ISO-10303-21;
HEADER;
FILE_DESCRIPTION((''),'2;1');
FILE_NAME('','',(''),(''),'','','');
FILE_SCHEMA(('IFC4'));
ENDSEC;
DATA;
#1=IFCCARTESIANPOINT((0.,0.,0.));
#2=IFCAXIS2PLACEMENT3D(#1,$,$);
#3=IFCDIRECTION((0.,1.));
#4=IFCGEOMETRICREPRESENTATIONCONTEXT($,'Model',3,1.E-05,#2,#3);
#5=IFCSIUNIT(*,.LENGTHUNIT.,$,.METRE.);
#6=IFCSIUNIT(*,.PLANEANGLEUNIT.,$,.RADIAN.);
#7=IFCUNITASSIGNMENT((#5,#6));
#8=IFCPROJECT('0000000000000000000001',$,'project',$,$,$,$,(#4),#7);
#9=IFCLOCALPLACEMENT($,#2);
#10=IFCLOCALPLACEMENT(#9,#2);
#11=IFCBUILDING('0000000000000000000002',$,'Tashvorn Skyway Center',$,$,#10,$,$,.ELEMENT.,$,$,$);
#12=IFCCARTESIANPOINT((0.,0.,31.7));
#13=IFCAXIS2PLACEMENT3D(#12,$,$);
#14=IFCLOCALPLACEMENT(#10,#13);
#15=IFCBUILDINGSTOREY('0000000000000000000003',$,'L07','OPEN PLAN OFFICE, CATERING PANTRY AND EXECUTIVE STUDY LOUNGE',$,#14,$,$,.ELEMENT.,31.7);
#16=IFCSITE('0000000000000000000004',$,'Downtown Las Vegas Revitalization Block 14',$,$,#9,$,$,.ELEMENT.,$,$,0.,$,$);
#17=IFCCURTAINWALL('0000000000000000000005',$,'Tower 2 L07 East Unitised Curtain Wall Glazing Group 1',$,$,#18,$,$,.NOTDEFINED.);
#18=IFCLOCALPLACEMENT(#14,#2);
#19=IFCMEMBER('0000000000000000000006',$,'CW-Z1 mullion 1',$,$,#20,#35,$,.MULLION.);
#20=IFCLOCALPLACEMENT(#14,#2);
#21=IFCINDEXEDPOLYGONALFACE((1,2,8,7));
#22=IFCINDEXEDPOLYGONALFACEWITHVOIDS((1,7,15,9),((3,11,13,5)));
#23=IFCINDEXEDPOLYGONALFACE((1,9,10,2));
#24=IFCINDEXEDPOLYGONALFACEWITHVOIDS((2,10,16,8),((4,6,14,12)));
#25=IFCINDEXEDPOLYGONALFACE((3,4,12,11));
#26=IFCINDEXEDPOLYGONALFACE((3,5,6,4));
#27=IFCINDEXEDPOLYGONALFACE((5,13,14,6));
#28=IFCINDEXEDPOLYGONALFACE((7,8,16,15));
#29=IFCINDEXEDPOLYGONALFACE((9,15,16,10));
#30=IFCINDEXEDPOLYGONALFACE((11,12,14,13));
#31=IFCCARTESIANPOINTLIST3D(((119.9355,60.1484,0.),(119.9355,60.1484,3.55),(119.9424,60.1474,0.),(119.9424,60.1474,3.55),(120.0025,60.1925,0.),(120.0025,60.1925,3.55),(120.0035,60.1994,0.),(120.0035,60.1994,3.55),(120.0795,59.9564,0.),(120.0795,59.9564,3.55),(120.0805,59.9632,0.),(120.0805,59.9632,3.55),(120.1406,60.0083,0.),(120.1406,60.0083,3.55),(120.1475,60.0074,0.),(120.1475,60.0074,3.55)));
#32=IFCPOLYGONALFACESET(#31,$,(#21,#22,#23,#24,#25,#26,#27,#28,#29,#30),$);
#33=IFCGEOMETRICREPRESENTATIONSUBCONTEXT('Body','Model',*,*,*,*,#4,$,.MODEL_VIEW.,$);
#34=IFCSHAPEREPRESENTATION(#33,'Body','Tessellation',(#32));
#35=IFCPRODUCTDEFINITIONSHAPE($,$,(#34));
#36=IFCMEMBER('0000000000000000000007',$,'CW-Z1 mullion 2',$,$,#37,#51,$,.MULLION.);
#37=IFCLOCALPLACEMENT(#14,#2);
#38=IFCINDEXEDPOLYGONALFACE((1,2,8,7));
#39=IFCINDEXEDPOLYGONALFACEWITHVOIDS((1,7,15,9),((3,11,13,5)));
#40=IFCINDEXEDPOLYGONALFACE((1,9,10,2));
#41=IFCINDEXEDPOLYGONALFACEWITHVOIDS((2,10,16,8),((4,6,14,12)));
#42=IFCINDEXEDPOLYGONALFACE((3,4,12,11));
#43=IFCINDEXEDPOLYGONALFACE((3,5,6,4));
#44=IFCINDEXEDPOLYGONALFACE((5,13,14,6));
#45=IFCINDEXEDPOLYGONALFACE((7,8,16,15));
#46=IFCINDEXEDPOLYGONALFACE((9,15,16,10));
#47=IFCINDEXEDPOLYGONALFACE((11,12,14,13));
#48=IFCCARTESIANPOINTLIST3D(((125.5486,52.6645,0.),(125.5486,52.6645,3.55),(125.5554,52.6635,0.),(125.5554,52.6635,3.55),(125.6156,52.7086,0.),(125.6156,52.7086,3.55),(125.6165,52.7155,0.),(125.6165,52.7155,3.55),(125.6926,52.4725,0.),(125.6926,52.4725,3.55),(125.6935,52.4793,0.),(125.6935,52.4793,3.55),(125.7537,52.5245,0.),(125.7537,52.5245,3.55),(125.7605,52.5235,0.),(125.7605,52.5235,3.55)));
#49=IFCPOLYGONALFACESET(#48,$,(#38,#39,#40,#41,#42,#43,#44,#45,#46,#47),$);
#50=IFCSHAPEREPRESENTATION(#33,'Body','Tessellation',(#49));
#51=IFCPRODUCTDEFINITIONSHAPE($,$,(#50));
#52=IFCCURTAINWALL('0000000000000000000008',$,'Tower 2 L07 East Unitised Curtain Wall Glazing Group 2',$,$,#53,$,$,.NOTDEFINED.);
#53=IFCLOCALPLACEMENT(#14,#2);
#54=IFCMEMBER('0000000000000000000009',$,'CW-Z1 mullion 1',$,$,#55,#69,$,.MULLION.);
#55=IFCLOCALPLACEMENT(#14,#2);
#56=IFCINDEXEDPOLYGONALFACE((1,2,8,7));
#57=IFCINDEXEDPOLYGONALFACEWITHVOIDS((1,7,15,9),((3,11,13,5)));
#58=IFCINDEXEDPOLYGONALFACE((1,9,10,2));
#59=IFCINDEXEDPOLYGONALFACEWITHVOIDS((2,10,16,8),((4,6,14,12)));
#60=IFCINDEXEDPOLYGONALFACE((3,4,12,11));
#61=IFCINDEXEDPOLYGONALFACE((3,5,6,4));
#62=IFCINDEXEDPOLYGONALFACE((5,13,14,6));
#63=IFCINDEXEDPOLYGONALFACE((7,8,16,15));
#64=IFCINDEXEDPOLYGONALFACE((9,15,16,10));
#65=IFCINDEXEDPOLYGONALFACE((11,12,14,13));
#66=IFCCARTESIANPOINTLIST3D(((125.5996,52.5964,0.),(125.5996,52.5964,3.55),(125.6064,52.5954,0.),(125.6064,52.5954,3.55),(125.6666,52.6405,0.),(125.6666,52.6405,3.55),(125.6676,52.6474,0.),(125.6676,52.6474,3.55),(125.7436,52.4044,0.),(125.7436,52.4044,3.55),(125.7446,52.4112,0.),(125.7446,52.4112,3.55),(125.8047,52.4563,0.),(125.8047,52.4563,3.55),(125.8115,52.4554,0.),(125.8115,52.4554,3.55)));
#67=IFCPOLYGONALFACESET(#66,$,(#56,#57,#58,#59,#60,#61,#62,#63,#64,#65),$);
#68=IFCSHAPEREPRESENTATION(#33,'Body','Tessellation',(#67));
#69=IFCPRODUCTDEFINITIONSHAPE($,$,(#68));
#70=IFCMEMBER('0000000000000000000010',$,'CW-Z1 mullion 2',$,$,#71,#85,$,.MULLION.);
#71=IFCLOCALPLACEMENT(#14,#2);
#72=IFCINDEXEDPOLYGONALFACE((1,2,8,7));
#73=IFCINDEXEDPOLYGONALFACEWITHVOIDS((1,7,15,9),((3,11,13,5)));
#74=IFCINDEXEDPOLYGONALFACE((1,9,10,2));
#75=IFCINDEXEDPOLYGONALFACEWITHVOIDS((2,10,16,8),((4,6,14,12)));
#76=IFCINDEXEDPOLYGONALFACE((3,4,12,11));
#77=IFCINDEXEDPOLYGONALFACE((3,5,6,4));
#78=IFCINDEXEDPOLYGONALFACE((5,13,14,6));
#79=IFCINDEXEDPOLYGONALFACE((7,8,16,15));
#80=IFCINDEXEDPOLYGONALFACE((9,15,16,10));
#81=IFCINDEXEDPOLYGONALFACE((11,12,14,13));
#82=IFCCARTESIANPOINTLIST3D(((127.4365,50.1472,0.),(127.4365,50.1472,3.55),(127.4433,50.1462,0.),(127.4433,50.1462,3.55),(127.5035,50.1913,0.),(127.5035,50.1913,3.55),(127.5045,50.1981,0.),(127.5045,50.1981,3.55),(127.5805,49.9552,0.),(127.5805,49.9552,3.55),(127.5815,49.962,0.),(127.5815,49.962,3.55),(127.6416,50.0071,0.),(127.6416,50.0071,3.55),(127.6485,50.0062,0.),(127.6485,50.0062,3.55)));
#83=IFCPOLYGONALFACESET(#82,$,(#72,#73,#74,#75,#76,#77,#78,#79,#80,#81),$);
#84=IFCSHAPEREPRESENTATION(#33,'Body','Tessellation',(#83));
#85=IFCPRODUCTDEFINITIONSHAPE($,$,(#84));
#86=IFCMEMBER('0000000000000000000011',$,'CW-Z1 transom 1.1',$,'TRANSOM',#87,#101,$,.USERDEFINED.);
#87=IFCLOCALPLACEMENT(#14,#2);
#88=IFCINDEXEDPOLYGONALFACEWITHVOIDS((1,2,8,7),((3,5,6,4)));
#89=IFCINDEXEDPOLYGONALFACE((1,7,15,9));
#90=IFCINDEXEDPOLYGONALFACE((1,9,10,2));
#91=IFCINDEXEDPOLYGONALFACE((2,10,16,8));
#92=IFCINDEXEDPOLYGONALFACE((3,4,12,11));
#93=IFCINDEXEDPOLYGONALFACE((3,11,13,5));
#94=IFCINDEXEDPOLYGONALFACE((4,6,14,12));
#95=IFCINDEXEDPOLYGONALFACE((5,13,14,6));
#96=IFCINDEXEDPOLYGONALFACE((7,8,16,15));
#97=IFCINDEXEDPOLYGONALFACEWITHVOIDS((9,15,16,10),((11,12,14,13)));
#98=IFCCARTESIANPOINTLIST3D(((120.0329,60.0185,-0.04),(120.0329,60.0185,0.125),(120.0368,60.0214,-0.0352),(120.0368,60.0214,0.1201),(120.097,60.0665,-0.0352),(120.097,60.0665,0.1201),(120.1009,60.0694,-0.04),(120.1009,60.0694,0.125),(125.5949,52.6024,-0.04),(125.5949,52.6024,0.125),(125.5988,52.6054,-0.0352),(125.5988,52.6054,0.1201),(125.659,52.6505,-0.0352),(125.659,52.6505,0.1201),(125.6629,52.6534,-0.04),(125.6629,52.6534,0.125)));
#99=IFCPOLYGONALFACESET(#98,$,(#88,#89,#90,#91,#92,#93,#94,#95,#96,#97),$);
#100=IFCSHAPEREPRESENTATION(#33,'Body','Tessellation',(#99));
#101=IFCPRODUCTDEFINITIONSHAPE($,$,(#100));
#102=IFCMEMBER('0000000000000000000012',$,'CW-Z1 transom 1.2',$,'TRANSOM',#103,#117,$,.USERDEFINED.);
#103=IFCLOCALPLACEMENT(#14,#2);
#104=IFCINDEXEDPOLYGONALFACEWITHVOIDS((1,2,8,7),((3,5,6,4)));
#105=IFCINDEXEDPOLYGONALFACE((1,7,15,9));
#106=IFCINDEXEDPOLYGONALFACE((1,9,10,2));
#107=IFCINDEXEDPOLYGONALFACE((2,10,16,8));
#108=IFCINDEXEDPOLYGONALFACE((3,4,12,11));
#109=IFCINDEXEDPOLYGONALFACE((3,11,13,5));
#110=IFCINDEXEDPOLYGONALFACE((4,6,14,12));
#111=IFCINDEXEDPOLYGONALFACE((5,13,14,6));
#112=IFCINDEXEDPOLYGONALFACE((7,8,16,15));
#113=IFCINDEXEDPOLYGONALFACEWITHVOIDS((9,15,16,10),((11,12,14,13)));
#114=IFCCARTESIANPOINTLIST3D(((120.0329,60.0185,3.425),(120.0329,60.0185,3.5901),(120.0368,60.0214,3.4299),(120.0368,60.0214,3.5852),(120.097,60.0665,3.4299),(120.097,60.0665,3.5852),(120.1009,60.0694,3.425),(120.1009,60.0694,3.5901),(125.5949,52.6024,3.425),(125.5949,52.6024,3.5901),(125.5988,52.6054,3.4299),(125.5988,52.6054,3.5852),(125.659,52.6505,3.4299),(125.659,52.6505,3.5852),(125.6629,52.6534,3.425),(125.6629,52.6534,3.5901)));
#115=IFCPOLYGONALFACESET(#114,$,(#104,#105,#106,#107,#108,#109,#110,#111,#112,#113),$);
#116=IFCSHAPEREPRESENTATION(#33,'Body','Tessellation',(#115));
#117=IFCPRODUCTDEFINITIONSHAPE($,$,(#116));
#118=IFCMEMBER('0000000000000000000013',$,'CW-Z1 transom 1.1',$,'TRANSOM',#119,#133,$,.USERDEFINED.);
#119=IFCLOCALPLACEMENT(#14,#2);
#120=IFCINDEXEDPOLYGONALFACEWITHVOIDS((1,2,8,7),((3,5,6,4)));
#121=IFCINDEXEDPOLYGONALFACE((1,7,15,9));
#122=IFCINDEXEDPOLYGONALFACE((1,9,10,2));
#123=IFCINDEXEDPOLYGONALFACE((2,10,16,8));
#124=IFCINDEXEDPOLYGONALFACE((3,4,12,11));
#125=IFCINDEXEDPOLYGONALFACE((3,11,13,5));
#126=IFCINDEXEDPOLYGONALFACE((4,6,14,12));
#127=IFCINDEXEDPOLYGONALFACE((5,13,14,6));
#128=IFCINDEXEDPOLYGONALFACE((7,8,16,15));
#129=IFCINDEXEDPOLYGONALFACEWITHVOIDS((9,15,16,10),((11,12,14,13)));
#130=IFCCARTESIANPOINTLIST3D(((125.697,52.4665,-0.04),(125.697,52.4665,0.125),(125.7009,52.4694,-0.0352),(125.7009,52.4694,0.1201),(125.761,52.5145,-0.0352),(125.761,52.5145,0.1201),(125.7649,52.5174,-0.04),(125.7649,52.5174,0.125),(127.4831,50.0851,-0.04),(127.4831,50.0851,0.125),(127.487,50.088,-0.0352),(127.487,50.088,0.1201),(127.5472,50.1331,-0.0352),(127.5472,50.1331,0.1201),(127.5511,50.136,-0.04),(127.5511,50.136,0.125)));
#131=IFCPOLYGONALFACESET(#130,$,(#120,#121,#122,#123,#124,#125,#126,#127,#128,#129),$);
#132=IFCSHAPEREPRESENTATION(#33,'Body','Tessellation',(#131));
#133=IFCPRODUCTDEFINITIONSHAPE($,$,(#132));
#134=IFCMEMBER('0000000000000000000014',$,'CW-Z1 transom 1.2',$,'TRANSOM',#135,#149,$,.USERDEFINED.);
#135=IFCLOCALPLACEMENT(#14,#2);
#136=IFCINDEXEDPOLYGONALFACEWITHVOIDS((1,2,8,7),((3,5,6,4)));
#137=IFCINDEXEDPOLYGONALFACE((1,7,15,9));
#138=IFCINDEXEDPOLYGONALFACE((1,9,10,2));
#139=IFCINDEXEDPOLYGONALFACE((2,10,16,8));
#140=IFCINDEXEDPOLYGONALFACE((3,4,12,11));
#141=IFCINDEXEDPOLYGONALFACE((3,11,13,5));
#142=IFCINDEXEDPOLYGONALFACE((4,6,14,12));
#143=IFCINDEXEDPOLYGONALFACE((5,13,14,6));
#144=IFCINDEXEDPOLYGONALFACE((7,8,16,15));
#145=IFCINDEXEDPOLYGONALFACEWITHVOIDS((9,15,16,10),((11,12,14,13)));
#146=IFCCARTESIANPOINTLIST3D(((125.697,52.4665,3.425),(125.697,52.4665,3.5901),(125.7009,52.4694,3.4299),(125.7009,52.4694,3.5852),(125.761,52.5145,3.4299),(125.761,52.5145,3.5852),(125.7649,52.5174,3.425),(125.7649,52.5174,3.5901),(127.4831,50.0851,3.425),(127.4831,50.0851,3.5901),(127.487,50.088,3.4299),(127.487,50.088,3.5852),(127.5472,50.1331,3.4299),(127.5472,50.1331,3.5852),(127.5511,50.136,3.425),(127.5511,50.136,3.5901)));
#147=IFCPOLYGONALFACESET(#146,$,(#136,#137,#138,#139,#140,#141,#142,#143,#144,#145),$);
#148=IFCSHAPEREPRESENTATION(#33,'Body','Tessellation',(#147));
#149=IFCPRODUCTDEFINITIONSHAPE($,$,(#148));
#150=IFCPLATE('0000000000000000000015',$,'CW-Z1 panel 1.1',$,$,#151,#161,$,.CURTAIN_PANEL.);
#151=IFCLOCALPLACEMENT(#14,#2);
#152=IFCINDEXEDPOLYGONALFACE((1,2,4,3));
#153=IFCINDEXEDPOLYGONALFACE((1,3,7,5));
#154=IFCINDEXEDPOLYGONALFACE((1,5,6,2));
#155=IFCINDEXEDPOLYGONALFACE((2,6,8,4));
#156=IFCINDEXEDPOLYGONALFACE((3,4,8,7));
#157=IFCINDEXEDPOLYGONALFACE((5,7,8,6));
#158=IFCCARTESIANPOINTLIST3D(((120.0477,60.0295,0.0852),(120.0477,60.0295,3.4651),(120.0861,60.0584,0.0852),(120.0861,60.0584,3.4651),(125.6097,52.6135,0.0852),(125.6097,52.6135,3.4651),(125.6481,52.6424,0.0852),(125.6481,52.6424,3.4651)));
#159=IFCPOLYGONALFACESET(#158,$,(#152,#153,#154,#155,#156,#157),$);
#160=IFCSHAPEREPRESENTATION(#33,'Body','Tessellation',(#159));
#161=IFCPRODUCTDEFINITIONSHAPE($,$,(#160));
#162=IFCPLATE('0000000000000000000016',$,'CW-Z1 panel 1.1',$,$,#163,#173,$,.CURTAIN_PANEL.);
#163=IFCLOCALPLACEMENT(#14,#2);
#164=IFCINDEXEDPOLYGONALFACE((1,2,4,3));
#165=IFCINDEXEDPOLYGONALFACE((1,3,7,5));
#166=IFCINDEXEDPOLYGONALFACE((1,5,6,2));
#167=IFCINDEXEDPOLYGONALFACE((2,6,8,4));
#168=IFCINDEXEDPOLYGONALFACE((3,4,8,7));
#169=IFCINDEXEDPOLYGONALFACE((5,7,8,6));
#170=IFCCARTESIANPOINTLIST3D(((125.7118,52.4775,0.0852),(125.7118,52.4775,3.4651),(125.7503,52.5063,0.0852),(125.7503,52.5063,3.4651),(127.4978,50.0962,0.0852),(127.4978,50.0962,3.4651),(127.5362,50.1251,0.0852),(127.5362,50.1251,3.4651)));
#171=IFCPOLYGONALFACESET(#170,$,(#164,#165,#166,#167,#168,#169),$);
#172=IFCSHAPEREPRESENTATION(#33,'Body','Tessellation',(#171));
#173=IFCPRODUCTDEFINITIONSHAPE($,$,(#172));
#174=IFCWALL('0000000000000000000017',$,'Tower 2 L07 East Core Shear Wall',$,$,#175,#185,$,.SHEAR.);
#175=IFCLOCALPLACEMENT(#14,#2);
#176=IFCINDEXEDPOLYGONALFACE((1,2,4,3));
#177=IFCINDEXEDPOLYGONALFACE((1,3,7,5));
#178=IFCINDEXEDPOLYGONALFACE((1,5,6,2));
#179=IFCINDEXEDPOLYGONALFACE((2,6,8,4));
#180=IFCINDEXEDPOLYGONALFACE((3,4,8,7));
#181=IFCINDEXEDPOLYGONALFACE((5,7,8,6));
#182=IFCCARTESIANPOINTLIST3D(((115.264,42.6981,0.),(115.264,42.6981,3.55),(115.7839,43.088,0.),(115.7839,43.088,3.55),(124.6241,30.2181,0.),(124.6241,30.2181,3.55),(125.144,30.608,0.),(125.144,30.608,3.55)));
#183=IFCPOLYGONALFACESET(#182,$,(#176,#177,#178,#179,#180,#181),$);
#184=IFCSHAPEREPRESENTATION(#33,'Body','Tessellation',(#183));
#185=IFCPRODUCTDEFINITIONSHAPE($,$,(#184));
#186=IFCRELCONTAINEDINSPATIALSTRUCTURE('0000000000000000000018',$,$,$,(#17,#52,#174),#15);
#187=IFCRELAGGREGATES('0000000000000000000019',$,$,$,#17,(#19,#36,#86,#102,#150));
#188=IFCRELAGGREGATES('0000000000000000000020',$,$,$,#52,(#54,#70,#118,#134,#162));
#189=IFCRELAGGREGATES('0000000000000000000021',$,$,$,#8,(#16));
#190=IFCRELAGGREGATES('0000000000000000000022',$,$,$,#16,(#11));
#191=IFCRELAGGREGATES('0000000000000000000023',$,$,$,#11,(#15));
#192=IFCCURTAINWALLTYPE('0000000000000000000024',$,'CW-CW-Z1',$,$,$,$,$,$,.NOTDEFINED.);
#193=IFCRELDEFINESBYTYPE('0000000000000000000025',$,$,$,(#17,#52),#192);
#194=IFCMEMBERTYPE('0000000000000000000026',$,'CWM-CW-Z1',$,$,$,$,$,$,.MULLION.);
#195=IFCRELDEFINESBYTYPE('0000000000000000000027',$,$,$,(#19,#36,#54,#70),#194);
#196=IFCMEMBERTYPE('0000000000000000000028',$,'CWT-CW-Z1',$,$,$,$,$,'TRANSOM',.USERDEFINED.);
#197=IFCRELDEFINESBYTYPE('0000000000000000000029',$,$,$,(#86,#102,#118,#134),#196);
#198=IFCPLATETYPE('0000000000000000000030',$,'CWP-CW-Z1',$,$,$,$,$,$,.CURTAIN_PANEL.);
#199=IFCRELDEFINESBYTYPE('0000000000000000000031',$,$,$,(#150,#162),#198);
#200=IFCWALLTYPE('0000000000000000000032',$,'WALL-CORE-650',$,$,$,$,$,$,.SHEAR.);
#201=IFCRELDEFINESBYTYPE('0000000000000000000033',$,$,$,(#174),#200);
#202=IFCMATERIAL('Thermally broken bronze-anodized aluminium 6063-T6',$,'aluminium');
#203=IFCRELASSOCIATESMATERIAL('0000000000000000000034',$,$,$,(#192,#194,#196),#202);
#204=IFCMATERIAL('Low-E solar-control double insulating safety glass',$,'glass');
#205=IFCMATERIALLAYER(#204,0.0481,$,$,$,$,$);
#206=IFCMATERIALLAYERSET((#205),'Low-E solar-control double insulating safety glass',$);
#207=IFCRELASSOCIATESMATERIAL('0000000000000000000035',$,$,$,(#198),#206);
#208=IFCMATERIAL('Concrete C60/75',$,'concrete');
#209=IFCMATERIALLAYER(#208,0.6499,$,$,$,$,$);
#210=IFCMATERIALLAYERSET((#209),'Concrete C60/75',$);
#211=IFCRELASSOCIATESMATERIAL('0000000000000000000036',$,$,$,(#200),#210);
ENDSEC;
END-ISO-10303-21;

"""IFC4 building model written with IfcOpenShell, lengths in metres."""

from ifc_helpers import new_model, si_unit, direction, frame, frame_2d, origin, origin_2d, place, context, subcontext, project, spatial, rectangle, hollow_rectangle, extrude, material, layer, layer_set, material_profile, profile_set, type_object, element, aggregate, save


model = new_model("IFC4")

# Units and contexts
model_context = context("Model", 3, precision=1e-05, world=origin(), true_north=direction((0.0, 1.0)))
body_context = subcontext(model_context, "Body", "Model", "MODEL_VIEW")
ifc_project = project(units=[si_unit("LENGTHUNIT", "METRE"), si_unit("PLANEANGLEUNIT", "RADIAN")], contexts=[model_context])

# Site, building, storey
site_placement = place(None, origin())
site = spatial("IfcSite", under=ifc_project, at=site_placement, Name="Downtown Las Vegas Revitalization Block 14", CompositionType="ELEMENT", RefElevation=0.0)
building_placement = place(site_placement, origin())
building = spatial("IfcBuilding", under=site, at=building_placement, Name="Tashvorn Skyway Center", CompositionType="ELEMENT")
storey_placement = place(building_placement, frame((0.0, 0.0, 31.7)))
storey = spatial("IfcBuildingStorey", under=building, at=storey_placement, Name="L07", Description="OPEN PLAN OFFICE, CATERING PANTRY AND EXECUTIVE STUDY LOUNGE", CompositionType="ELEMENT", Elevation=31.7)

# Shared definitions
ifc_material_1 = material(Name="Thermally broken bronze-anodized aluminium 6063-T6", Category="aluminium")
curtain_wall_type = type_object("IfcCurtainWallType", Name="CW-CW-Z1", PredefinedType="NOTDEFINED", material=ifc_material_1)
ifc_material_profile_1 = material_profile(ifc_material_1, hollow_rectangle(XDim=0.085, YDim=0.24, WallThickness=0.0049, at=origin_2d()), Name="ALU-MULL-85x240")
ifc_profile_set_1 = profile_set([ifc_material_profile_1], Name="Thermally broken bronze-anodized aluminium 6063-T6")
member_type_1 = type_object("IfcMemberType", Name="CWM-CW-Z1", PredefinedType="MULLION", material=ifc_profile_set_1)

# Curtain walls, members
curtain_wall_1_placement = place(storey_placement, origin())
curtain_wall_1 = element("IfcCurtainWall", 1, at=curtain_wall_1_placement, inside=storey, type_object=curtain_wall_type, Name="Tower 2 L07 East Unitised Curtain Wall Glazing Group 1", PredefinedType="NOTDEFINED")
member_1_placement = place(storey_placement, frame((120.0415, 60.0779, 0.0), z_axis=(0.0, 0.0, 1.0), x_axis=(0.8, 0.6, 0.0)))
member_1 = element("IfcMember", 2, at=member_1_placement, type_object=member_type_1, Name="CW-Z1 mullion 1", PredefinedType="MULLION", context=body_context, shape_type="SweptSolid", body=[
    extrude(hollow_rectangle(XDim=0.085, YDim=0.24, WallThickness=0.0049, at=origin_2d()), origin(), (0.0, 0.0, 1.0), 3.55),
])
member_2_placement = place(storey_placement, frame((125.6545, 52.594, 0.0), z_axis=(0.0, 0.0, 1.0), x_axis=(0.8, 0.6, 0.0)))
member_2 = element("IfcMember", 3, at=member_2_placement, type_object=member_type_1, Name="CW-Z1 mullion 2", PredefinedType="MULLION", context=body_context, shape_type="SweptSolid", body=[
    extrude(hollow_rectangle(XDim=0.085, YDim=0.24, WallThickness=0.0049, at=origin_2d()), origin(), (0.0, 0.0, 1.0), 3.55),
])
curtain_wall_2_placement = place(storey_placement, origin())
curtain_wall_2 = element("IfcCurtainWall", 4, at=curtain_wall_2_placement, inside=storey, type_object=curtain_wall_type, Name="Tower 2 L07 East Unitised Curtain Wall Glazing Group 2", PredefinedType="NOTDEFINED")
member_3_placement = place(storey_placement, frame((125.7056, 52.5259, 0.0), z_axis=(0.0, 0.0, 1.0), x_axis=(0.799996, 0.600005, 0.0)))
member_3 = element("IfcMember", 5, at=member_3_placement, type_object=member_type_1, Name="CW-Z1 mullion 1", PredefinedType="MULLION", context=body_context, shape_type="SweptSolid", body=[
    extrude(hollow_rectangle(XDim=0.085, YDim=0.24, WallThickness=0.0049, at=origin_2d()), origin(), (0.0, 0.0, 1.0), 3.55),
])
member_4_placement = place(storey_placement, frame((127.5425, 50.0767, 0.0), z_axis=(0.0, 0.0, 1.0), x_axis=(0.799996, 0.600005, 0.0)))
member_4 = element("IfcMember", 6, at=member_4_placement, type_object=member_type_1, Name="CW-Z1 mullion 2", PredefinedType="MULLION", context=body_context, shape_type="SweptSolid", body=[
    extrude(hollow_rectangle(XDim=0.085, YDim=0.24, WallThickness=0.0049, at=origin_2d()), origin(), (0.0, 0.0, 1.0), 3.55),
])

# Members
ifc_material_profile_2 = material_profile(ifc_material_1, hollow_rectangle(XDim=0.085, YDim=0.165, WallThickness=0.0049, at=origin_2d()), Name="ALU-TRAN-85x165")
ifc_profile_set_2 = profile_set([ifc_material_profile_2], Name="Thermally broken bronze-anodized aluminium 6063-T6")
member_type_2 = type_object("IfcMemberType", Name="CWT-CW-Z1", ElementType="TRANSOM", PredefinedType="USERDEFINED", material=ifc_profile_set_2)
member_5_placement = place(storey_placement, frame((120.0669, 60.0439, 0.0425), z_axis=(0.6, -0.8, 0.0), x_axis=(0.8, 0.6, 0.0)))
member_5 = element("IfcMember", 7, at=member_5_placement, type_object=member_type_2, Name="CW-Z1 transom 1.1", ObjectType="TRANSOM", PredefinedType="USERDEFINED", context=body_context, shape_type="SweptSolid", body=[
    extrude(hollow_rectangle(XDim=0.085, YDim=0.165, WallThickness=0.0049, at=origin_2d()), origin(), (0.0, 0.0, 1.0), 9.27),
])
member_6_placement = place(storey_placement, frame((120.0669, 60.0439, 3.5076), z_axis=(0.6, -0.8, 0.0), x_axis=(0.8, 0.6, 0.0)))
member_6 = element("IfcMember", 8, at=member_6_placement, type_object=member_type_2, Name="CW-Z1 transom 1.2", ObjectType="TRANSOM", PredefinedType="USERDEFINED", context=body_context, shape_type="SweptSolid", body=[
    extrude(hollow_rectangle(XDim=0.085, YDim=0.165, WallThickness=0.0049, at=origin_2d()), origin(), (0.0, 0.0, 1.0), 9.27),
])
member_7_placement = place(storey_placement, frame((125.731, 52.4919, 0.0425), z_axis=(0.600026, -0.79998, 0.0), x_axis=(0.79998, 0.600026, 0.0)))
member_7 = element("IfcMember", 9, at=member_7_placement, type_object=member_type_2, Name="CW-Z1 transom 1.1", ObjectType="TRANSOM", PredefinedType="USERDEFINED", context=body_context, shape_type="SweptSolid", body=[
    extrude(hollow_rectangle(XDim=0.085, YDim=0.165, WallThickness=0.0049, at=origin_2d()), origin(), (0.0, 0.0, 1.0), 2.9768),
])
member_8_placement = place(storey_placement, frame((125.731, 52.4919, 3.5076), z_axis=(0.600026, -0.79998, 0.0), x_axis=(0.79998, 0.600026, 0.0)))
member_8 = element("IfcMember", 10, at=member_8_placement, type_object=member_type_2, Name="CW-Z1 transom 1.2", ObjectType="TRANSOM", PredefinedType="USERDEFINED", context=body_context, shape_type="SweptSolid", body=[
    extrude(hollow_rectangle(XDim=0.085, YDim=0.165, WallThickness=0.0049, at=origin_2d()), origin(), (0.0, 0.0, 1.0), 2.9768),
])

# Plates
ifc_material_2 = material(Name="Low-E solar-control double insulating safety glass", Category="glass")
ifc_layer_1 = layer(ifc_material_2, 0.0481)
ifc_layer_set_1 = layer_set([ifc_layer_1], Name="Low-E solar-control double insulating safety glass")
plate_type = type_object("IfcPlateType", Name="CWP-CW-Z1", PredefinedType="CURTAIN_PANEL", material=ifc_layer_set_1)
plate_1_placement = place(storey_placement, frame((122.8479, 56.3359, 0.0852), z_axis=(0.0, 0.0, 1.0), x_axis=(0.6, -0.8, 0.0)))
plate_1 = element("IfcPlate", 11, at=plate_1_placement, type_object=plate_type, Name="CW-Z1 panel 1.1", PredefinedType="CURTAIN_PANEL", context=body_context, shape_type="SweptSolid", body=[
    extrude(rectangle(XDim=9.27, YDim=0.0481, at=origin_2d()), origin(), (0.0, 0.0, 1.0), 3.3799),
])
aggregate(curtain_wall_1, [member_1, member_2, member_5, member_6, plate_1])
plate_2_placement = place(storey_placement, frame((126.624, 51.3013, 0.0852), z_axis=(0.0, 0.0, 1.0), x_axis=(0.600005, -0.799996, 0.0)))
plate_2 = element("IfcPlate", 12, at=plate_2_placement, type_object=plate_type, Name="CW-Z1 panel 1.1", PredefinedType="CURTAIN_PANEL", context=body_context, shape_type="SweptSolid", body=[
    extrude(rectangle(XDim=2.9766, YDim=0.0481, at=origin_2d()), origin(), (0.0, 0.0, 1.0), 3.3799),
])
aggregate(curtain_wall_2, [member_3, member_4, member_7, member_8, plate_2])

# Wall
ifc_material_3 = material(Name="Concrete C60/75", Category="concrete")
ifc_layer_2 = layer(ifc_material_3, 0.6499)
ifc_layer_set_2 = layer_set([ifc_layer_2], Name="Concrete C60/75")
wall_type_1 = type_object("IfcWallType", Name="WALL-CORE-650", PredefinedType="SHEAR", material=ifc_layer_set_2)
wall_1_placement = place(storey_placement, frame((115.5239, 42.8931, 0.0), z_axis=(0.0, 0.0, 1.0), x_axis=(0.600005, -0.799996, 0.0)))
element("IfcWall", 13, at=wall_1_placement, inside=storey, type_object=wall_type_1, Name="Tower 2 L07 East Core Shear Wall", PredefinedType="SHEAR", context=body_context, shape_type="SweptSolid", body=[
    extrude(rectangle(XDim=15.6001, YDim=0.6499, at=frame_2d((7.8, 0.0))), origin(), (0.0, 0.0, 1.0), 3.55),
])

save(model, "model.ifc")
